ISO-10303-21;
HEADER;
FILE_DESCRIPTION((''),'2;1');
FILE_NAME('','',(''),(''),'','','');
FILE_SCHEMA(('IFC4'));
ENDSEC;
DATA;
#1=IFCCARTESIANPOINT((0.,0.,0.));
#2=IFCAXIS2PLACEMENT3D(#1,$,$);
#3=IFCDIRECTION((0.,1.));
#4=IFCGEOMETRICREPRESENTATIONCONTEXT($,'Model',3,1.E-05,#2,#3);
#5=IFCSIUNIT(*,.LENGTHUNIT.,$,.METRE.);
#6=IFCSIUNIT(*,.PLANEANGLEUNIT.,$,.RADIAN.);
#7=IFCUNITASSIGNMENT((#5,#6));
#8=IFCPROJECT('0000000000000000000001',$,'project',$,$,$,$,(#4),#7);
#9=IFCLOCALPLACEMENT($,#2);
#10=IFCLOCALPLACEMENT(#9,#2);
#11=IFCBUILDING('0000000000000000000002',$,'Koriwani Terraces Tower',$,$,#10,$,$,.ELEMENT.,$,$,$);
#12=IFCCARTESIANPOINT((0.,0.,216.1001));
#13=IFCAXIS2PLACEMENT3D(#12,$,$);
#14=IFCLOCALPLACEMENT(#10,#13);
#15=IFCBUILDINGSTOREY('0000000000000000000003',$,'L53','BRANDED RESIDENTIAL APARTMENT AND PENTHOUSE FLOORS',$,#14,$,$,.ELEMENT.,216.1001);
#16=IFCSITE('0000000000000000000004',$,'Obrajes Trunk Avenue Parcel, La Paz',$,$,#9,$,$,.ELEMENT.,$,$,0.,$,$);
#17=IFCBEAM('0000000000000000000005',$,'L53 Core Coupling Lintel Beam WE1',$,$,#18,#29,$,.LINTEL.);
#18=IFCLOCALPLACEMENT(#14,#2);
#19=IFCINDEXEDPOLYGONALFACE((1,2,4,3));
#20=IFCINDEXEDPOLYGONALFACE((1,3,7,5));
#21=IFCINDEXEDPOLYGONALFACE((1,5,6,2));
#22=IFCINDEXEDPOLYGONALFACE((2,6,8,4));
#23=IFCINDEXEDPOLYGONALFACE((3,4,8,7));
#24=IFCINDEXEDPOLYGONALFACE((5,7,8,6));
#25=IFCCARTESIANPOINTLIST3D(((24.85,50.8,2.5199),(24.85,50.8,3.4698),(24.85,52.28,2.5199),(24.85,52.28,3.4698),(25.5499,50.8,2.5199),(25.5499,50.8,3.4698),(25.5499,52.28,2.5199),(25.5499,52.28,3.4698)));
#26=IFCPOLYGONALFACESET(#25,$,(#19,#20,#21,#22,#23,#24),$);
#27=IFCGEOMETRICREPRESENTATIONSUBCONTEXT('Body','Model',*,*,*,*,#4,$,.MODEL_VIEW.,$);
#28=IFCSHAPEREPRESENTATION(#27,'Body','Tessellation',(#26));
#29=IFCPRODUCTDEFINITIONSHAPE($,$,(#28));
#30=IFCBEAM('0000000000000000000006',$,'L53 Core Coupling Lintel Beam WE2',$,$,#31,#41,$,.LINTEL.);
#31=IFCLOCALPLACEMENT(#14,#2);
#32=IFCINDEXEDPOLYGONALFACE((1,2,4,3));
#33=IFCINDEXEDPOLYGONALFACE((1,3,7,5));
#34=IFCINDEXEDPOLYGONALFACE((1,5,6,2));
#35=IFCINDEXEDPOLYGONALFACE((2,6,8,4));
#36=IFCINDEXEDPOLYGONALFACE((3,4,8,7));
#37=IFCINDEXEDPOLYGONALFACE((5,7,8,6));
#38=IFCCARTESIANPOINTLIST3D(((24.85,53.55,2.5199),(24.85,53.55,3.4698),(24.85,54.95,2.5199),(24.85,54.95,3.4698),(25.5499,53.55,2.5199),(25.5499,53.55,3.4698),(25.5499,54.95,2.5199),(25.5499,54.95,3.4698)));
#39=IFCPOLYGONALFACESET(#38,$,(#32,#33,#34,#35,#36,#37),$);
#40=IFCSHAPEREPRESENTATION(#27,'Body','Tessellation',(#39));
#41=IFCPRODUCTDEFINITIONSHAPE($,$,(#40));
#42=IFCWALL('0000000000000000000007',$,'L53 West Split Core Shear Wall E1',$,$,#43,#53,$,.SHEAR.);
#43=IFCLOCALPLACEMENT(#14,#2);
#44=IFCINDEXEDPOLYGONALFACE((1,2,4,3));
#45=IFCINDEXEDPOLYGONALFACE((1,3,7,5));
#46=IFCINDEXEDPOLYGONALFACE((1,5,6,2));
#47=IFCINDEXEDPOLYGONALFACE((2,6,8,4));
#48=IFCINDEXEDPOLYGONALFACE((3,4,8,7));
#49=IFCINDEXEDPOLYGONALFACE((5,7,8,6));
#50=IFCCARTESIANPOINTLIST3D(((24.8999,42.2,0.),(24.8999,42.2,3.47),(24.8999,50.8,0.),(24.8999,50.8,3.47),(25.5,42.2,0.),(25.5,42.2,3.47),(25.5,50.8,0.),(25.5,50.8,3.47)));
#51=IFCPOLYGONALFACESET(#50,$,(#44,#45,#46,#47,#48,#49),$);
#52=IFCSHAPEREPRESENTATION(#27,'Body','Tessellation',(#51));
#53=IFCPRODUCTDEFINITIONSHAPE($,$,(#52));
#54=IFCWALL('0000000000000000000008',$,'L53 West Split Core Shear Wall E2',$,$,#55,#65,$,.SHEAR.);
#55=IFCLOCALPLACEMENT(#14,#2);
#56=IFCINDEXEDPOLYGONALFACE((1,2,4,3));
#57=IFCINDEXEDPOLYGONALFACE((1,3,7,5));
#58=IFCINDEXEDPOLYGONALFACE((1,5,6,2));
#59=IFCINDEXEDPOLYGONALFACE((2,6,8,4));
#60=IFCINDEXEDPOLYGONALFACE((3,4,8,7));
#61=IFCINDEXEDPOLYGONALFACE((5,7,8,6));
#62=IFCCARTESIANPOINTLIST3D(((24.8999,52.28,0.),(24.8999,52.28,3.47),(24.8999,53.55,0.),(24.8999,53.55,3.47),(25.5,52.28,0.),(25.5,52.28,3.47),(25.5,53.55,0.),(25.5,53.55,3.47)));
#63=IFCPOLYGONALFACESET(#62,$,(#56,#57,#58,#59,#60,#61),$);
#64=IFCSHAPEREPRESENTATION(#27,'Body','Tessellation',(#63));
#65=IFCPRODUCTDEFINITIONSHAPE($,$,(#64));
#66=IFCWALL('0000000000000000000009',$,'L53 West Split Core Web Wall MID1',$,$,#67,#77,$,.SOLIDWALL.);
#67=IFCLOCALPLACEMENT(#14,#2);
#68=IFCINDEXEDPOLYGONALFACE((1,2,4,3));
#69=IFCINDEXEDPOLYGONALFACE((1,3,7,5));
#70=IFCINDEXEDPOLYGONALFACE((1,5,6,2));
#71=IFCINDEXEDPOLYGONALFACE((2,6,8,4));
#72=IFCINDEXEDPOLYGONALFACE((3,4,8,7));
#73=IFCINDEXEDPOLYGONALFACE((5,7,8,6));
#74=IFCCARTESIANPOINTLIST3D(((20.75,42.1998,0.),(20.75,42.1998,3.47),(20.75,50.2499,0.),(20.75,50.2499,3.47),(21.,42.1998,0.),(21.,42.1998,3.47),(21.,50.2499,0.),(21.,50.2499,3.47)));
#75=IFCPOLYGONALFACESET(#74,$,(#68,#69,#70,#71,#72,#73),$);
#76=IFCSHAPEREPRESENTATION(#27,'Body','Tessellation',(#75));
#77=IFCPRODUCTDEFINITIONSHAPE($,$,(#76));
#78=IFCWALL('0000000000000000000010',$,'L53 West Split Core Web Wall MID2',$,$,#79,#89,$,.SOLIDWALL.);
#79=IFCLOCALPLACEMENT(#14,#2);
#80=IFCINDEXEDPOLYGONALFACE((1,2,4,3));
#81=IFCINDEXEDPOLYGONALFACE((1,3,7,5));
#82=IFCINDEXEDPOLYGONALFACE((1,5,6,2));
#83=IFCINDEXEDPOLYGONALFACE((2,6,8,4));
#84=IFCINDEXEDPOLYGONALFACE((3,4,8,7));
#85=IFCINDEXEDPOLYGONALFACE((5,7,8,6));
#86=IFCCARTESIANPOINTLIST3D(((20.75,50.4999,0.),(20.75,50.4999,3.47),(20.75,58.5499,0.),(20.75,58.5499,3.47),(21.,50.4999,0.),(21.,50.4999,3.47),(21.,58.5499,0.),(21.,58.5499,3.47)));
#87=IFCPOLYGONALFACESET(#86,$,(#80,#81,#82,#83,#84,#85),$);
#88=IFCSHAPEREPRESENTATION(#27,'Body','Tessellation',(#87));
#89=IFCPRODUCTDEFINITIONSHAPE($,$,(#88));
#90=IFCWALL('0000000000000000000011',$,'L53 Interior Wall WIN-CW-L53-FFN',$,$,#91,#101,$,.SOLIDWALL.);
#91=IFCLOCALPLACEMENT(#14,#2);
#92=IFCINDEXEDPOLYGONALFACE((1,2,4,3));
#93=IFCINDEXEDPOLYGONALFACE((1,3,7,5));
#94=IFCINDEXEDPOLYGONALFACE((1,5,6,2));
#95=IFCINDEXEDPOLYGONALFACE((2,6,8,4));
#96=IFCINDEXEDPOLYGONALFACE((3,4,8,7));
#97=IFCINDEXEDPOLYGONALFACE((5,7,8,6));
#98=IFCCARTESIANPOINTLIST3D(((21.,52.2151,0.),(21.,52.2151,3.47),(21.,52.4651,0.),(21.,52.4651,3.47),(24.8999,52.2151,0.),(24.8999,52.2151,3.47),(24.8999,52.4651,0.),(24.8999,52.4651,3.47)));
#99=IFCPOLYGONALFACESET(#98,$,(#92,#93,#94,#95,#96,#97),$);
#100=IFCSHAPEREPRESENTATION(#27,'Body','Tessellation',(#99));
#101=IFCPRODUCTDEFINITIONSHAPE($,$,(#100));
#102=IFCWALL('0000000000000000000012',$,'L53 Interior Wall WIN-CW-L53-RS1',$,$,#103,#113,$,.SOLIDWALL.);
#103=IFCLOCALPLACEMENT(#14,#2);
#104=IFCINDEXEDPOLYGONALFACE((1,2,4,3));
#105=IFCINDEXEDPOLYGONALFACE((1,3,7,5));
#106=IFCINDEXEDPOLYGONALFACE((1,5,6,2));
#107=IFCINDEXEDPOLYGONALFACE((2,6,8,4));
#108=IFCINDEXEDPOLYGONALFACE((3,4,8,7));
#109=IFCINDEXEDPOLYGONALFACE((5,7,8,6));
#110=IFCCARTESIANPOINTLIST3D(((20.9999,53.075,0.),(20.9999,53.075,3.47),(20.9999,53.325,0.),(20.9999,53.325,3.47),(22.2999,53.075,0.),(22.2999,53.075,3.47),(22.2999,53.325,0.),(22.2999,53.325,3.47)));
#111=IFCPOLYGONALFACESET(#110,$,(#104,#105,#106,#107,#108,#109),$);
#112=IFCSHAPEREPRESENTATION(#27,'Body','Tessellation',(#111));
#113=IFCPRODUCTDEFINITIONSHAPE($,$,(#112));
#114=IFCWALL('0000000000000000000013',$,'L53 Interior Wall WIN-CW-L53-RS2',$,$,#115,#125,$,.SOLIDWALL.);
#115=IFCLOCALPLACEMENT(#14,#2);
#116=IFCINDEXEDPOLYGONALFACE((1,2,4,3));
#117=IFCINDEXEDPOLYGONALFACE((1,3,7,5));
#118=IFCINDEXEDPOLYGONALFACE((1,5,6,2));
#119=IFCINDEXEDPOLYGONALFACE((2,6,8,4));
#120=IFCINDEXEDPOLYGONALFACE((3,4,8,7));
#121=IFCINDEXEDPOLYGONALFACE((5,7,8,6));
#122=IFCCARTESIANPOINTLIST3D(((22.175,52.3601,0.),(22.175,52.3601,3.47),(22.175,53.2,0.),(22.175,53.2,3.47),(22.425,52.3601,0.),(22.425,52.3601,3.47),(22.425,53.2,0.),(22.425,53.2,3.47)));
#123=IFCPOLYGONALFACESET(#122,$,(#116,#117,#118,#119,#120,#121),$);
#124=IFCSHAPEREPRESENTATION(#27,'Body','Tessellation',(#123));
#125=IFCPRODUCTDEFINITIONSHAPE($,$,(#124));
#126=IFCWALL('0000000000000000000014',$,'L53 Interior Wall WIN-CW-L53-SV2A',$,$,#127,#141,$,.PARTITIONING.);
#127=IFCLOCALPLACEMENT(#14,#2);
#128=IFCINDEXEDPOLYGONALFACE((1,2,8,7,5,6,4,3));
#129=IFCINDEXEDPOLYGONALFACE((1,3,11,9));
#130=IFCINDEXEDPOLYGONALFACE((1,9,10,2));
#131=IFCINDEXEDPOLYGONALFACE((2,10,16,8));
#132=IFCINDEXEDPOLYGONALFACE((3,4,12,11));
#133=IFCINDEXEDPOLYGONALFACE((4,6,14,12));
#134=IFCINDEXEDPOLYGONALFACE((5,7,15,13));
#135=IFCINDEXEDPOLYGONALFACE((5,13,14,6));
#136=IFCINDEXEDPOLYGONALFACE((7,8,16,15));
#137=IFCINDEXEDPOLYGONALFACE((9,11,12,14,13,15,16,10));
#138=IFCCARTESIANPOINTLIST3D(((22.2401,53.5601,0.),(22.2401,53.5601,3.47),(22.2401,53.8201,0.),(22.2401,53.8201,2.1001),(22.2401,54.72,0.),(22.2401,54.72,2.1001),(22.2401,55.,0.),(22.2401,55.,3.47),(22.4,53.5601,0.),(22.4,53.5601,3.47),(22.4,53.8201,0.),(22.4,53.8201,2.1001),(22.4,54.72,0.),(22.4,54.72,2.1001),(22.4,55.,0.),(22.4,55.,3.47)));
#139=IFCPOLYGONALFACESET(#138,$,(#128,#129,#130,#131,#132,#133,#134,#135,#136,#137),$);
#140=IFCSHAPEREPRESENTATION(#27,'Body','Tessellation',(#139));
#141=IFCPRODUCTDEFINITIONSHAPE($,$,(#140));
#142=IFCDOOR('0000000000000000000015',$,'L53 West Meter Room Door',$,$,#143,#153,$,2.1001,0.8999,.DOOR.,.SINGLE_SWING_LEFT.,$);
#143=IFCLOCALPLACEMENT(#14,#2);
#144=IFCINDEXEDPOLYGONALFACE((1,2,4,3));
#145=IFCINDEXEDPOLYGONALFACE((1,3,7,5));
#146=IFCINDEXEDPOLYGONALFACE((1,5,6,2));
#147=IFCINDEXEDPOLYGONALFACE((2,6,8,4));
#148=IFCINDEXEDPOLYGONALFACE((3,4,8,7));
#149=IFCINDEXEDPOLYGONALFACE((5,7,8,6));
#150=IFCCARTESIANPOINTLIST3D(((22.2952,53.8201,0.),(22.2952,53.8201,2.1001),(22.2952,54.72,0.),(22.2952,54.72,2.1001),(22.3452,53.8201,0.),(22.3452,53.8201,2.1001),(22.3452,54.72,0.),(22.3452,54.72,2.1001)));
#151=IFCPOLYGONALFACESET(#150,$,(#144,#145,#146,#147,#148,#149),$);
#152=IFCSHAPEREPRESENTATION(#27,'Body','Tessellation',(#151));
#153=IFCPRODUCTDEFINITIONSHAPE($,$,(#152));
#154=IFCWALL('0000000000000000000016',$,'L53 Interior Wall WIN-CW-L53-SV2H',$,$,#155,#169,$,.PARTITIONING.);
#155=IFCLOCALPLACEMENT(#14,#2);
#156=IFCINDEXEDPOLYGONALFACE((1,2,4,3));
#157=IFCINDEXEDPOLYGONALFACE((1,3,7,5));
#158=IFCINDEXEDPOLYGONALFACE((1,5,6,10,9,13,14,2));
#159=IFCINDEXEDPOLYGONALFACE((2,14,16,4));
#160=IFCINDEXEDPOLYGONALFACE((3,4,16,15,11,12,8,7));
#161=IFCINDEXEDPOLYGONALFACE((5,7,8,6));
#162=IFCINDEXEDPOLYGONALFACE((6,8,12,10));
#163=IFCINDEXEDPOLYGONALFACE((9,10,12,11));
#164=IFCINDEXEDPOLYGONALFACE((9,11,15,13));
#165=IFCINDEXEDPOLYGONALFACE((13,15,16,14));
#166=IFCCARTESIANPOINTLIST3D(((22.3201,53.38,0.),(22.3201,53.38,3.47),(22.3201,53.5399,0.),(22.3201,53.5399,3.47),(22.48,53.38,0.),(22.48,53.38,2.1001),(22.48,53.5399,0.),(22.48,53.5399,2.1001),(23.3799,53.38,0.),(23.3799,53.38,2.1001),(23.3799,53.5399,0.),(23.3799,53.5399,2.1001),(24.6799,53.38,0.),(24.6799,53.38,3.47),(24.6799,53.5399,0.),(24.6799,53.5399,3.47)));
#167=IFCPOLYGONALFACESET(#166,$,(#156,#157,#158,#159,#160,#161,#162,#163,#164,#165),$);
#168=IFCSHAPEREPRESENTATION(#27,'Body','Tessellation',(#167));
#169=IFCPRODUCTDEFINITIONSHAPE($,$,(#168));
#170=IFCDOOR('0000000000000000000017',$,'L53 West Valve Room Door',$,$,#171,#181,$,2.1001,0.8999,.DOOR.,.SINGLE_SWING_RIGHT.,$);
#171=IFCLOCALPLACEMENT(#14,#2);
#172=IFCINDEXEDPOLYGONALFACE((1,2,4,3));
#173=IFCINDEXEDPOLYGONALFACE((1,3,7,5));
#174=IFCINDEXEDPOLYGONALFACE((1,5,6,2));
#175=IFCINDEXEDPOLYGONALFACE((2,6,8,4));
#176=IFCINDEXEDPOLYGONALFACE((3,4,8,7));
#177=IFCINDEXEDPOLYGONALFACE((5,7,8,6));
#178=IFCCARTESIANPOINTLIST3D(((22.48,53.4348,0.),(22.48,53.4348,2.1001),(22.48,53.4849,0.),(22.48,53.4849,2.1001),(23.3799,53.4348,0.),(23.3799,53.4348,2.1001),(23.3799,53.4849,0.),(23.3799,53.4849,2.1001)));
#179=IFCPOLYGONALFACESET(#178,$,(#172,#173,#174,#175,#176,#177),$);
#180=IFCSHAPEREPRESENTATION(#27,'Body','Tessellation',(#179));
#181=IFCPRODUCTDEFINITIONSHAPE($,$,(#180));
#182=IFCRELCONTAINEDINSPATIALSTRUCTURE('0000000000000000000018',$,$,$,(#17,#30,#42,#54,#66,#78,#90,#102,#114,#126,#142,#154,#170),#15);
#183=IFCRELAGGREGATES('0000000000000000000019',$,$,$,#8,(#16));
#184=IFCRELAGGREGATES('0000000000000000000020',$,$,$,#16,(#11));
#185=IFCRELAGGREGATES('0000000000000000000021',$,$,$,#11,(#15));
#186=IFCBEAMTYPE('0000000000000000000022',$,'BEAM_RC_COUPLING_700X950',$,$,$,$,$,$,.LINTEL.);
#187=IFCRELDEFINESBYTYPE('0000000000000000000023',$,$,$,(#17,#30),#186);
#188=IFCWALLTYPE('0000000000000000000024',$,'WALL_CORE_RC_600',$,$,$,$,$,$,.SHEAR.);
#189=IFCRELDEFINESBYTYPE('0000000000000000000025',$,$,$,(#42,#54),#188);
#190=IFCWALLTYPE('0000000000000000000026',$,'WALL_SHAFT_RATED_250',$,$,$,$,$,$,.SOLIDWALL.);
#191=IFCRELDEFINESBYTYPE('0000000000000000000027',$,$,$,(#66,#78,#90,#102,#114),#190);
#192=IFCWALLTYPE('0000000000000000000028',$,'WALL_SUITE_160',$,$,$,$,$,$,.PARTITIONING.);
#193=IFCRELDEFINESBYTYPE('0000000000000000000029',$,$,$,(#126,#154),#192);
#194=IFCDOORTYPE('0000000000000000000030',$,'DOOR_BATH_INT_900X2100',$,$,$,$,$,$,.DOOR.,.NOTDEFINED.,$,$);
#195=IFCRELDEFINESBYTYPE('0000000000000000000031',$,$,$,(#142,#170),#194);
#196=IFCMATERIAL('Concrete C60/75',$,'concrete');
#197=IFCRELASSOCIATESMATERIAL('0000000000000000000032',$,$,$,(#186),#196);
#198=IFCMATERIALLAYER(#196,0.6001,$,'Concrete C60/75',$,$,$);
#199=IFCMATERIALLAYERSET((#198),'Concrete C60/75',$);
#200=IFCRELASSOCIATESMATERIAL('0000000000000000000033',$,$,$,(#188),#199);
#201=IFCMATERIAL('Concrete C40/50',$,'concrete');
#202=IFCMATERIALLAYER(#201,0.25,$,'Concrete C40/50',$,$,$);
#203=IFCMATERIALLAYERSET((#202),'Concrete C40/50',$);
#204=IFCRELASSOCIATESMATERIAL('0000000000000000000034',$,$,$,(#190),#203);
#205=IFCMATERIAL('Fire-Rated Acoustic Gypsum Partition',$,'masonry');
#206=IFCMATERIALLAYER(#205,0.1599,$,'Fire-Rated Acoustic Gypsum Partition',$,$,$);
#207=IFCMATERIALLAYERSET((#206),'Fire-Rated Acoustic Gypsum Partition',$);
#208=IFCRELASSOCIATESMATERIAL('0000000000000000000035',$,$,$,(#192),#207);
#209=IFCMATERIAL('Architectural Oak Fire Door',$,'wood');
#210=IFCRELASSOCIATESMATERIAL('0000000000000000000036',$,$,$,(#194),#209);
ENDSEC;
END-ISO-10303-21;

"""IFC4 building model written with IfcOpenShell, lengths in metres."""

from ifc_helpers import new_model, si_unit, direction, frame, frame_2d, origin, origin_2d, place, context, subcontext, project, spatial, rectangle, extrude, material, layer, layer_set, material_profile, profile_set, type_object, element, fill, save


model = new_model("IFC4")

# Units and contexts
model_context = context("Model", 3, precision=1e-05, world=origin(), true_north=direction((0.0, 1.0)))
body_context = subcontext(model_context, "Body", "Model", "MODEL_VIEW")
ifc_project = project(units=[si_unit("LENGTHUNIT", "METRE"), si_unit("PLANEANGLEUNIT", "RADIAN")], contexts=[model_context])

# Site, building, storey
site_placement = place(None, origin())
site = spatial("IfcSite", under=ifc_project, at=site_placement, Name="Obrajes Trunk Avenue Parcel, La Paz", CompositionType="ELEMENT", RefElevation=0.0)
building_placement = place(site_placement, origin())
building = spatial("IfcBuilding", under=site, at=building_placement, Name="Koriwani Terraces Tower", CompositionType="ELEMENT")
storey_placement = place(building_placement, frame((0.0, 0.0, 216.1001)))
storey = spatial("IfcBuildingStorey", under=building, at=storey_placement, Name="L53", Description="BRANDED RESIDENTIAL APARTMENT AND PENTHOUSE FLOORS", CompositionType="ELEMENT", Elevation=216.1001)

# Beams
ifc_material_1 = material(Name="Concrete C60/75", Category="concrete")
ifc_material_profile = material_profile(ifc_material_1, rectangle(XDim=0.7, YDim=0.95, at=origin_2d()), Name="Concrete C60/75", Category="LoadBearing")
ifc_profile_set = profile_set([ifc_material_profile], Name="Concrete C60/75")
beam_type = type_object("IfcBeamType", Name="BEAM_RC_COUPLING_700X950", PredefinedType="LINTEL", material=ifc_profile_set)
beam_1_placement = place(storey_placement, frame((25.2, 50.8, 2.9949), z_axis=(0.0, 1.0, 0.0), x_axis=(-1.0, 0.0, 0.0)))
element("IfcBeam", 1, at=beam_1_placement, inside=storey, type_object=beam_type, Name="L53 Core Coupling Lintel Beam WE1", PredefinedType="LINTEL", context=body_context, shape_type="SweptSolid", body=[
    extrude(rectangle(XDim=0.7, YDim=0.95, at=origin_2d()), origin(), (0.0, 0.0, 1.0), 1.48),
])
beam_2_placement = place(storey_placement, frame((25.2, 53.55, 2.9949), z_axis=(0.0, 1.0, 0.0), x_axis=(-1.0, 0.0, 0.0)))
element("IfcBeam", 2, at=beam_2_placement, inside=storey, type_object=beam_type, Name="L53 Core Coupling Lintel Beam WE2", PredefinedType="LINTEL", context=body_context, shape_type="SweptSolid", body=[
    extrude(rectangle(XDim=0.7, YDim=0.95, at=origin_2d()), origin(), (0.0, 0.0, 1.0), 1.3999),
])

# Walls
ifc_layer_1 = layer(ifc_material_1, 0.6001, Name="Concrete C60/75")
ifc_layer_set_1 = layer_set([ifc_layer_1], Name="Concrete C60/75")
wall_type_1 = type_object("IfcWallType", Name="WALL_CORE_RC_600", PredefinedType="SHEAR", material=ifc_layer_set_1)
wall_1_placement = place(storey_placement, frame((25.2, 42.2, 0.0), z_axis=(0.0, 0.0, 1.0), x_axis=(0.0, 1.0, 0.0)))
element("IfcWall", 3, at=wall_1_placement, inside=storey, type_object=wall_type_1, Name="L53 West Split Core Shear Wall E1", PredefinedType="SHEAR", context=body_context, shape_type="SweptSolid", body=[
    extrude(rectangle(XDim=8.6001, YDim=0.6001, at=frame_2d((4.3, 0.0))), origin(), (0.0, 0.0, 1.0), 3.47),
])
wall_2_placement = place(storey_placement, frame((25.2, 52.28, 0.0), z_axis=(0.0, 0.0, 1.0), x_axis=(0.0, 1.0, 0.0)))
element("IfcWall", 4, at=wall_2_placement, inside=storey, type_object=wall_type_1, Name="L53 West Split Core Shear Wall E2", PredefinedType="SHEAR", context=body_context, shape_type="SweptSolid", body=[
    extrude(rectangle(XDim=1.27, YDim=0.6001, at=frame_2d((0.635, 0.0))), origin(), (0.0, 0.0, 1.0), 3.47),
])
ifc_material_2 = material(Name="Concrete C40/50", Category="concrete")
ifc_layer_2 = layer(ifc_material_2, 0.25, Name="Concrete C40/50")
ifc_layer_set_2 = layer_set([ifc_layer_2], Name="Concrete C40/50")
wall_type_2 = type_object("IfcWallType", Name="WALL_SHAFT_RATED_250", PredefinedType="SOLIDWALL", material=ifc_layer_set_2)
for number, where, z_axis, x_axis, name in (
    (5, (20.875, 42.2, 0.0), (0.0, 0.0, 1.0), (0.0, 1.0, 0.0), "L53 West Split Core Web Wall MID1"),
    (6, (20.875, 50.5, 0.0), (0.0, 0.0, 1.0), (0.0, 1.0, 0.0), "L53 West Split Core Web Wall MID2"),
):
    element("IfcWall", number, at=place(storey_placement, frame(where, z_axis=z_axis, x_axis=x_axis)), inside=storey, type_object=wall_type_2, Name=name, PredefinedType="SOLIDWALL", context=body_context, shape_type="SweptSolid", body=[
        extrude(rectangle(XDim=8.05, YDim=0.25, at=frame_2d((4.0249, 0.0))), origin(), (0.0, 0.0, 1.0), 3.47),
    ])

# Walls
wall_3_placement = place(storey_placement, frame((21.0, 52.3401, 0.0), z_axis=(0.0, 0.0, 1.0), x_axis=(1.0, 0.0, 0.0)))
element("IfcWall", 7, at=wall_3_placement, inside=storey, type_object=wall_type_2, Name="L53 Interior Wall WIN-CW-L53-FFN", PredefinedType="SOLIDWALL", context=body_context, shape_type="SweptSolid", body=[
    extrude(rectangle(XDim=3.8999, YDim=0.25, at=frame_2d((1.95, 0.0))), origin(), (0.0, 0.0, 1.0), 3.47),
])
wall_4_placement = place(storey_placement, frame((21.0, 53.2, 0.0), z_axis=(0.0, 0.0, 1.0), x_axis=(1.0, 0.0, 0.0)))
element("IfcWall", 8, at=wall_4_placement, inside=storey, type_object=wall_type_2, Name="L53 Interior Wall WIN-CW-L53-RS1", PredefinedType="SOLIDWALL", context=body_context, shape_type="SweptSolid", body=[
    extrude(rectangle(XDim=1.3, YDim=0.25, at=frame_2d((0.6499, 0.0))), origin(), (0.0, 0.0, 1.0), 3.47),
])
wall_5_placement = place(storey_placement, frame((22.3, 52.3601, 0.0), z_axis=(0.0, 0.0, 1.0), x_axis=(0.0, 1.0, 0.0)))
element("IfcWall", 9, at=wall_5_placement, inside=storey, type_object=wall_type_2, Name="L53 Interior Wall WIN-CW-L53-RS2", PredefinedType="SOLIDWALL", context=body_context, shape_type="SweptSolid", body=[
    extrude(rectangle(XDim=0.8398, YDim=0.25, at=frame_2d((0.4199, 0.0))), origin(), (0.0, 0.0, 1.0), 3.47),
])

# Walls, openings, doors
ifc_material_3 = material(Name="Fire-Rated Acoustic Gypsum Partition", Category="masonry")
ifc_layer_3 = layer(ifc_material_3, 0.1599, Name="Fire-Rated Acoustic Gypsum Partition")
ifc_layer_set_3 = layer_set([ifc_layer_3], Name="Fire-Rated Acoustic Gypsum Partition")
wall_type_3 = type_object("IfcWallType", Name="WALL_SUITE_160", PredefinedType="PARTITIONING", material=ifc_layer_set_3)
wall_6_placement = place(storey_placement, frame((22.3201, 53.5601, 0.0), z_axis=(0.0, 0.0, 1.0), x_axis=(0.0, 1.0, 0.0)))
wall_6 = element("IfcWall", 10, at=wall_6_placement, inside=storey, type_object=wall_type_3, Name="L53 Interior Wall WIN-CW-L53-SV2A", PredefinedType="PARTITIONING", context=body_context, shape_type="SweptSolid", body=[
    extrude(rectangle(XDim=1.4399, YDim=0.1599, at=frame_2d((0.72, 0.0))), origin(), (0.0, 0.0, 1.0), 3.47),
])
opening_1_placement = place(wall_6_placement, frame((0.26, 0.0, 0.0)))
opening_1 = element("IfcOpeningElement", 11, at=opening_1_placement, cuts=wall_6, PredefinedType="OPENING", context=body_context, shape_type="SweptSolid", body=[
    extrude(rectangle(XDim=0.8999, YDim=2.1001, at=frame_2d((0.45, 1.05))), frame((0.0, 0.0898, 0.0), z_axis=(0.0, -1.0, 0.0), x_axis=(1.0, 0.0, 0.0)), (0.0, 0.0, 1.0), 0.1799),
])
ifc_material_4 = material(Name="Architectural Oak Fire Door", Category="wood")
door_type_1 = type_object("IfcDoorType", Name="DOOR_BATH_INT_900X2100", OperationType="NOTDEFINED", PredefinedType="DOOR", material=ifc_material_4)
door_1_placement = place(opening_1_placement, origin())
door_1 = element("IfcDoor", 12, at=door_1_placement, inside=storey, type_object=door_type_1, Name="L53 West Meter Room Door", OperationType="SINGLE_SWING_LEFT", OverallHeight=2.1001, OverallWidth=0.8999, PredefinedType="DOOR", context=body_context, shape_type="SweptSolid", body=[
    extrude(rectangle(XDim=0.8999, YDim=2.1001, at=frame_2d((0.45, 1.05))), frame((0.0, 0.0249, 0.0), z_axis=(0.0, -1.0, 0.0), x_axis=(1.0, 0.0, 0.0)), (0.0, 0.0, 1.0), 0.05),
])
fill(opening_1, door_1)
wall_7_placement = place(storey_placement, frame((22.3201, 53.46, 0.0), z_axis=(0.0, 0.0, 1.0), x_axis=(1.0, 0.0, 0.0)))
wall_7 = element("IfcWall", 13, at=wall_7_placement, inside=storey, type_object=wall_type_3, Name="L53 Interior Wall WIN-CW-L53-SV2H", PredefinedType="PARTITIONING", context=body_context, shape_type="SweptSolid", body=[
    extrude(rectangle(XDim=2.3599, YDim=0.1599, at=frame_2d((1.1799, 0.0))), origin(), (0.0, 0.0, 1.0), 3.47),
])
opening_2_placement = place(wall_7_placement, frame((0.1599, 0.0, 0.0)))
opening_2 = element("IfcOpeningElement", 14, at=opening_2_placement, cuts=wall_7, PredefinedType="OPENING", context=body_context, shape_type="SweptSolid", body=[
    extrude(rectangle(XDim=0.8999, YDim=2.1001, at=frame_2d((0.45, 1.05))), frame((0.0, 0.0898, 0.0), z_axis=(0.0, -1.0, 0.0), x_axis=(1.0, 0.0, 0.0)), (0.0, 0.0, 1.0), 0.1799),
])
door_2_placement = place(opening_2_placement, origin())
door_2 = element("IfcDoor", 15, at=door_2_placement, inside=storey, type_object=door_type_1, Name="L53 West Valve Room Door", OperationType="SINGLE_SWING_RIGHT", OverallHeight=2.1001, OverallWidth=0.8999, PredefinedType="DOOR", context=body_context, shape_type="SweptSolid", body=[
    extrude(rectangle(XDim=0.8999, YDim=2.1001, at=frame_2d((0.45, 1.05))), frame((0.0, 0.0249, 0.0), z_axis=(0.0, -1.0, 0.0), x_axis=(1.0, 0.0, 0.0)), (0.0, 0.0, 1.0), 0.05),
])
fill(opening_2, door_2)

save(model, "model.ifc")
